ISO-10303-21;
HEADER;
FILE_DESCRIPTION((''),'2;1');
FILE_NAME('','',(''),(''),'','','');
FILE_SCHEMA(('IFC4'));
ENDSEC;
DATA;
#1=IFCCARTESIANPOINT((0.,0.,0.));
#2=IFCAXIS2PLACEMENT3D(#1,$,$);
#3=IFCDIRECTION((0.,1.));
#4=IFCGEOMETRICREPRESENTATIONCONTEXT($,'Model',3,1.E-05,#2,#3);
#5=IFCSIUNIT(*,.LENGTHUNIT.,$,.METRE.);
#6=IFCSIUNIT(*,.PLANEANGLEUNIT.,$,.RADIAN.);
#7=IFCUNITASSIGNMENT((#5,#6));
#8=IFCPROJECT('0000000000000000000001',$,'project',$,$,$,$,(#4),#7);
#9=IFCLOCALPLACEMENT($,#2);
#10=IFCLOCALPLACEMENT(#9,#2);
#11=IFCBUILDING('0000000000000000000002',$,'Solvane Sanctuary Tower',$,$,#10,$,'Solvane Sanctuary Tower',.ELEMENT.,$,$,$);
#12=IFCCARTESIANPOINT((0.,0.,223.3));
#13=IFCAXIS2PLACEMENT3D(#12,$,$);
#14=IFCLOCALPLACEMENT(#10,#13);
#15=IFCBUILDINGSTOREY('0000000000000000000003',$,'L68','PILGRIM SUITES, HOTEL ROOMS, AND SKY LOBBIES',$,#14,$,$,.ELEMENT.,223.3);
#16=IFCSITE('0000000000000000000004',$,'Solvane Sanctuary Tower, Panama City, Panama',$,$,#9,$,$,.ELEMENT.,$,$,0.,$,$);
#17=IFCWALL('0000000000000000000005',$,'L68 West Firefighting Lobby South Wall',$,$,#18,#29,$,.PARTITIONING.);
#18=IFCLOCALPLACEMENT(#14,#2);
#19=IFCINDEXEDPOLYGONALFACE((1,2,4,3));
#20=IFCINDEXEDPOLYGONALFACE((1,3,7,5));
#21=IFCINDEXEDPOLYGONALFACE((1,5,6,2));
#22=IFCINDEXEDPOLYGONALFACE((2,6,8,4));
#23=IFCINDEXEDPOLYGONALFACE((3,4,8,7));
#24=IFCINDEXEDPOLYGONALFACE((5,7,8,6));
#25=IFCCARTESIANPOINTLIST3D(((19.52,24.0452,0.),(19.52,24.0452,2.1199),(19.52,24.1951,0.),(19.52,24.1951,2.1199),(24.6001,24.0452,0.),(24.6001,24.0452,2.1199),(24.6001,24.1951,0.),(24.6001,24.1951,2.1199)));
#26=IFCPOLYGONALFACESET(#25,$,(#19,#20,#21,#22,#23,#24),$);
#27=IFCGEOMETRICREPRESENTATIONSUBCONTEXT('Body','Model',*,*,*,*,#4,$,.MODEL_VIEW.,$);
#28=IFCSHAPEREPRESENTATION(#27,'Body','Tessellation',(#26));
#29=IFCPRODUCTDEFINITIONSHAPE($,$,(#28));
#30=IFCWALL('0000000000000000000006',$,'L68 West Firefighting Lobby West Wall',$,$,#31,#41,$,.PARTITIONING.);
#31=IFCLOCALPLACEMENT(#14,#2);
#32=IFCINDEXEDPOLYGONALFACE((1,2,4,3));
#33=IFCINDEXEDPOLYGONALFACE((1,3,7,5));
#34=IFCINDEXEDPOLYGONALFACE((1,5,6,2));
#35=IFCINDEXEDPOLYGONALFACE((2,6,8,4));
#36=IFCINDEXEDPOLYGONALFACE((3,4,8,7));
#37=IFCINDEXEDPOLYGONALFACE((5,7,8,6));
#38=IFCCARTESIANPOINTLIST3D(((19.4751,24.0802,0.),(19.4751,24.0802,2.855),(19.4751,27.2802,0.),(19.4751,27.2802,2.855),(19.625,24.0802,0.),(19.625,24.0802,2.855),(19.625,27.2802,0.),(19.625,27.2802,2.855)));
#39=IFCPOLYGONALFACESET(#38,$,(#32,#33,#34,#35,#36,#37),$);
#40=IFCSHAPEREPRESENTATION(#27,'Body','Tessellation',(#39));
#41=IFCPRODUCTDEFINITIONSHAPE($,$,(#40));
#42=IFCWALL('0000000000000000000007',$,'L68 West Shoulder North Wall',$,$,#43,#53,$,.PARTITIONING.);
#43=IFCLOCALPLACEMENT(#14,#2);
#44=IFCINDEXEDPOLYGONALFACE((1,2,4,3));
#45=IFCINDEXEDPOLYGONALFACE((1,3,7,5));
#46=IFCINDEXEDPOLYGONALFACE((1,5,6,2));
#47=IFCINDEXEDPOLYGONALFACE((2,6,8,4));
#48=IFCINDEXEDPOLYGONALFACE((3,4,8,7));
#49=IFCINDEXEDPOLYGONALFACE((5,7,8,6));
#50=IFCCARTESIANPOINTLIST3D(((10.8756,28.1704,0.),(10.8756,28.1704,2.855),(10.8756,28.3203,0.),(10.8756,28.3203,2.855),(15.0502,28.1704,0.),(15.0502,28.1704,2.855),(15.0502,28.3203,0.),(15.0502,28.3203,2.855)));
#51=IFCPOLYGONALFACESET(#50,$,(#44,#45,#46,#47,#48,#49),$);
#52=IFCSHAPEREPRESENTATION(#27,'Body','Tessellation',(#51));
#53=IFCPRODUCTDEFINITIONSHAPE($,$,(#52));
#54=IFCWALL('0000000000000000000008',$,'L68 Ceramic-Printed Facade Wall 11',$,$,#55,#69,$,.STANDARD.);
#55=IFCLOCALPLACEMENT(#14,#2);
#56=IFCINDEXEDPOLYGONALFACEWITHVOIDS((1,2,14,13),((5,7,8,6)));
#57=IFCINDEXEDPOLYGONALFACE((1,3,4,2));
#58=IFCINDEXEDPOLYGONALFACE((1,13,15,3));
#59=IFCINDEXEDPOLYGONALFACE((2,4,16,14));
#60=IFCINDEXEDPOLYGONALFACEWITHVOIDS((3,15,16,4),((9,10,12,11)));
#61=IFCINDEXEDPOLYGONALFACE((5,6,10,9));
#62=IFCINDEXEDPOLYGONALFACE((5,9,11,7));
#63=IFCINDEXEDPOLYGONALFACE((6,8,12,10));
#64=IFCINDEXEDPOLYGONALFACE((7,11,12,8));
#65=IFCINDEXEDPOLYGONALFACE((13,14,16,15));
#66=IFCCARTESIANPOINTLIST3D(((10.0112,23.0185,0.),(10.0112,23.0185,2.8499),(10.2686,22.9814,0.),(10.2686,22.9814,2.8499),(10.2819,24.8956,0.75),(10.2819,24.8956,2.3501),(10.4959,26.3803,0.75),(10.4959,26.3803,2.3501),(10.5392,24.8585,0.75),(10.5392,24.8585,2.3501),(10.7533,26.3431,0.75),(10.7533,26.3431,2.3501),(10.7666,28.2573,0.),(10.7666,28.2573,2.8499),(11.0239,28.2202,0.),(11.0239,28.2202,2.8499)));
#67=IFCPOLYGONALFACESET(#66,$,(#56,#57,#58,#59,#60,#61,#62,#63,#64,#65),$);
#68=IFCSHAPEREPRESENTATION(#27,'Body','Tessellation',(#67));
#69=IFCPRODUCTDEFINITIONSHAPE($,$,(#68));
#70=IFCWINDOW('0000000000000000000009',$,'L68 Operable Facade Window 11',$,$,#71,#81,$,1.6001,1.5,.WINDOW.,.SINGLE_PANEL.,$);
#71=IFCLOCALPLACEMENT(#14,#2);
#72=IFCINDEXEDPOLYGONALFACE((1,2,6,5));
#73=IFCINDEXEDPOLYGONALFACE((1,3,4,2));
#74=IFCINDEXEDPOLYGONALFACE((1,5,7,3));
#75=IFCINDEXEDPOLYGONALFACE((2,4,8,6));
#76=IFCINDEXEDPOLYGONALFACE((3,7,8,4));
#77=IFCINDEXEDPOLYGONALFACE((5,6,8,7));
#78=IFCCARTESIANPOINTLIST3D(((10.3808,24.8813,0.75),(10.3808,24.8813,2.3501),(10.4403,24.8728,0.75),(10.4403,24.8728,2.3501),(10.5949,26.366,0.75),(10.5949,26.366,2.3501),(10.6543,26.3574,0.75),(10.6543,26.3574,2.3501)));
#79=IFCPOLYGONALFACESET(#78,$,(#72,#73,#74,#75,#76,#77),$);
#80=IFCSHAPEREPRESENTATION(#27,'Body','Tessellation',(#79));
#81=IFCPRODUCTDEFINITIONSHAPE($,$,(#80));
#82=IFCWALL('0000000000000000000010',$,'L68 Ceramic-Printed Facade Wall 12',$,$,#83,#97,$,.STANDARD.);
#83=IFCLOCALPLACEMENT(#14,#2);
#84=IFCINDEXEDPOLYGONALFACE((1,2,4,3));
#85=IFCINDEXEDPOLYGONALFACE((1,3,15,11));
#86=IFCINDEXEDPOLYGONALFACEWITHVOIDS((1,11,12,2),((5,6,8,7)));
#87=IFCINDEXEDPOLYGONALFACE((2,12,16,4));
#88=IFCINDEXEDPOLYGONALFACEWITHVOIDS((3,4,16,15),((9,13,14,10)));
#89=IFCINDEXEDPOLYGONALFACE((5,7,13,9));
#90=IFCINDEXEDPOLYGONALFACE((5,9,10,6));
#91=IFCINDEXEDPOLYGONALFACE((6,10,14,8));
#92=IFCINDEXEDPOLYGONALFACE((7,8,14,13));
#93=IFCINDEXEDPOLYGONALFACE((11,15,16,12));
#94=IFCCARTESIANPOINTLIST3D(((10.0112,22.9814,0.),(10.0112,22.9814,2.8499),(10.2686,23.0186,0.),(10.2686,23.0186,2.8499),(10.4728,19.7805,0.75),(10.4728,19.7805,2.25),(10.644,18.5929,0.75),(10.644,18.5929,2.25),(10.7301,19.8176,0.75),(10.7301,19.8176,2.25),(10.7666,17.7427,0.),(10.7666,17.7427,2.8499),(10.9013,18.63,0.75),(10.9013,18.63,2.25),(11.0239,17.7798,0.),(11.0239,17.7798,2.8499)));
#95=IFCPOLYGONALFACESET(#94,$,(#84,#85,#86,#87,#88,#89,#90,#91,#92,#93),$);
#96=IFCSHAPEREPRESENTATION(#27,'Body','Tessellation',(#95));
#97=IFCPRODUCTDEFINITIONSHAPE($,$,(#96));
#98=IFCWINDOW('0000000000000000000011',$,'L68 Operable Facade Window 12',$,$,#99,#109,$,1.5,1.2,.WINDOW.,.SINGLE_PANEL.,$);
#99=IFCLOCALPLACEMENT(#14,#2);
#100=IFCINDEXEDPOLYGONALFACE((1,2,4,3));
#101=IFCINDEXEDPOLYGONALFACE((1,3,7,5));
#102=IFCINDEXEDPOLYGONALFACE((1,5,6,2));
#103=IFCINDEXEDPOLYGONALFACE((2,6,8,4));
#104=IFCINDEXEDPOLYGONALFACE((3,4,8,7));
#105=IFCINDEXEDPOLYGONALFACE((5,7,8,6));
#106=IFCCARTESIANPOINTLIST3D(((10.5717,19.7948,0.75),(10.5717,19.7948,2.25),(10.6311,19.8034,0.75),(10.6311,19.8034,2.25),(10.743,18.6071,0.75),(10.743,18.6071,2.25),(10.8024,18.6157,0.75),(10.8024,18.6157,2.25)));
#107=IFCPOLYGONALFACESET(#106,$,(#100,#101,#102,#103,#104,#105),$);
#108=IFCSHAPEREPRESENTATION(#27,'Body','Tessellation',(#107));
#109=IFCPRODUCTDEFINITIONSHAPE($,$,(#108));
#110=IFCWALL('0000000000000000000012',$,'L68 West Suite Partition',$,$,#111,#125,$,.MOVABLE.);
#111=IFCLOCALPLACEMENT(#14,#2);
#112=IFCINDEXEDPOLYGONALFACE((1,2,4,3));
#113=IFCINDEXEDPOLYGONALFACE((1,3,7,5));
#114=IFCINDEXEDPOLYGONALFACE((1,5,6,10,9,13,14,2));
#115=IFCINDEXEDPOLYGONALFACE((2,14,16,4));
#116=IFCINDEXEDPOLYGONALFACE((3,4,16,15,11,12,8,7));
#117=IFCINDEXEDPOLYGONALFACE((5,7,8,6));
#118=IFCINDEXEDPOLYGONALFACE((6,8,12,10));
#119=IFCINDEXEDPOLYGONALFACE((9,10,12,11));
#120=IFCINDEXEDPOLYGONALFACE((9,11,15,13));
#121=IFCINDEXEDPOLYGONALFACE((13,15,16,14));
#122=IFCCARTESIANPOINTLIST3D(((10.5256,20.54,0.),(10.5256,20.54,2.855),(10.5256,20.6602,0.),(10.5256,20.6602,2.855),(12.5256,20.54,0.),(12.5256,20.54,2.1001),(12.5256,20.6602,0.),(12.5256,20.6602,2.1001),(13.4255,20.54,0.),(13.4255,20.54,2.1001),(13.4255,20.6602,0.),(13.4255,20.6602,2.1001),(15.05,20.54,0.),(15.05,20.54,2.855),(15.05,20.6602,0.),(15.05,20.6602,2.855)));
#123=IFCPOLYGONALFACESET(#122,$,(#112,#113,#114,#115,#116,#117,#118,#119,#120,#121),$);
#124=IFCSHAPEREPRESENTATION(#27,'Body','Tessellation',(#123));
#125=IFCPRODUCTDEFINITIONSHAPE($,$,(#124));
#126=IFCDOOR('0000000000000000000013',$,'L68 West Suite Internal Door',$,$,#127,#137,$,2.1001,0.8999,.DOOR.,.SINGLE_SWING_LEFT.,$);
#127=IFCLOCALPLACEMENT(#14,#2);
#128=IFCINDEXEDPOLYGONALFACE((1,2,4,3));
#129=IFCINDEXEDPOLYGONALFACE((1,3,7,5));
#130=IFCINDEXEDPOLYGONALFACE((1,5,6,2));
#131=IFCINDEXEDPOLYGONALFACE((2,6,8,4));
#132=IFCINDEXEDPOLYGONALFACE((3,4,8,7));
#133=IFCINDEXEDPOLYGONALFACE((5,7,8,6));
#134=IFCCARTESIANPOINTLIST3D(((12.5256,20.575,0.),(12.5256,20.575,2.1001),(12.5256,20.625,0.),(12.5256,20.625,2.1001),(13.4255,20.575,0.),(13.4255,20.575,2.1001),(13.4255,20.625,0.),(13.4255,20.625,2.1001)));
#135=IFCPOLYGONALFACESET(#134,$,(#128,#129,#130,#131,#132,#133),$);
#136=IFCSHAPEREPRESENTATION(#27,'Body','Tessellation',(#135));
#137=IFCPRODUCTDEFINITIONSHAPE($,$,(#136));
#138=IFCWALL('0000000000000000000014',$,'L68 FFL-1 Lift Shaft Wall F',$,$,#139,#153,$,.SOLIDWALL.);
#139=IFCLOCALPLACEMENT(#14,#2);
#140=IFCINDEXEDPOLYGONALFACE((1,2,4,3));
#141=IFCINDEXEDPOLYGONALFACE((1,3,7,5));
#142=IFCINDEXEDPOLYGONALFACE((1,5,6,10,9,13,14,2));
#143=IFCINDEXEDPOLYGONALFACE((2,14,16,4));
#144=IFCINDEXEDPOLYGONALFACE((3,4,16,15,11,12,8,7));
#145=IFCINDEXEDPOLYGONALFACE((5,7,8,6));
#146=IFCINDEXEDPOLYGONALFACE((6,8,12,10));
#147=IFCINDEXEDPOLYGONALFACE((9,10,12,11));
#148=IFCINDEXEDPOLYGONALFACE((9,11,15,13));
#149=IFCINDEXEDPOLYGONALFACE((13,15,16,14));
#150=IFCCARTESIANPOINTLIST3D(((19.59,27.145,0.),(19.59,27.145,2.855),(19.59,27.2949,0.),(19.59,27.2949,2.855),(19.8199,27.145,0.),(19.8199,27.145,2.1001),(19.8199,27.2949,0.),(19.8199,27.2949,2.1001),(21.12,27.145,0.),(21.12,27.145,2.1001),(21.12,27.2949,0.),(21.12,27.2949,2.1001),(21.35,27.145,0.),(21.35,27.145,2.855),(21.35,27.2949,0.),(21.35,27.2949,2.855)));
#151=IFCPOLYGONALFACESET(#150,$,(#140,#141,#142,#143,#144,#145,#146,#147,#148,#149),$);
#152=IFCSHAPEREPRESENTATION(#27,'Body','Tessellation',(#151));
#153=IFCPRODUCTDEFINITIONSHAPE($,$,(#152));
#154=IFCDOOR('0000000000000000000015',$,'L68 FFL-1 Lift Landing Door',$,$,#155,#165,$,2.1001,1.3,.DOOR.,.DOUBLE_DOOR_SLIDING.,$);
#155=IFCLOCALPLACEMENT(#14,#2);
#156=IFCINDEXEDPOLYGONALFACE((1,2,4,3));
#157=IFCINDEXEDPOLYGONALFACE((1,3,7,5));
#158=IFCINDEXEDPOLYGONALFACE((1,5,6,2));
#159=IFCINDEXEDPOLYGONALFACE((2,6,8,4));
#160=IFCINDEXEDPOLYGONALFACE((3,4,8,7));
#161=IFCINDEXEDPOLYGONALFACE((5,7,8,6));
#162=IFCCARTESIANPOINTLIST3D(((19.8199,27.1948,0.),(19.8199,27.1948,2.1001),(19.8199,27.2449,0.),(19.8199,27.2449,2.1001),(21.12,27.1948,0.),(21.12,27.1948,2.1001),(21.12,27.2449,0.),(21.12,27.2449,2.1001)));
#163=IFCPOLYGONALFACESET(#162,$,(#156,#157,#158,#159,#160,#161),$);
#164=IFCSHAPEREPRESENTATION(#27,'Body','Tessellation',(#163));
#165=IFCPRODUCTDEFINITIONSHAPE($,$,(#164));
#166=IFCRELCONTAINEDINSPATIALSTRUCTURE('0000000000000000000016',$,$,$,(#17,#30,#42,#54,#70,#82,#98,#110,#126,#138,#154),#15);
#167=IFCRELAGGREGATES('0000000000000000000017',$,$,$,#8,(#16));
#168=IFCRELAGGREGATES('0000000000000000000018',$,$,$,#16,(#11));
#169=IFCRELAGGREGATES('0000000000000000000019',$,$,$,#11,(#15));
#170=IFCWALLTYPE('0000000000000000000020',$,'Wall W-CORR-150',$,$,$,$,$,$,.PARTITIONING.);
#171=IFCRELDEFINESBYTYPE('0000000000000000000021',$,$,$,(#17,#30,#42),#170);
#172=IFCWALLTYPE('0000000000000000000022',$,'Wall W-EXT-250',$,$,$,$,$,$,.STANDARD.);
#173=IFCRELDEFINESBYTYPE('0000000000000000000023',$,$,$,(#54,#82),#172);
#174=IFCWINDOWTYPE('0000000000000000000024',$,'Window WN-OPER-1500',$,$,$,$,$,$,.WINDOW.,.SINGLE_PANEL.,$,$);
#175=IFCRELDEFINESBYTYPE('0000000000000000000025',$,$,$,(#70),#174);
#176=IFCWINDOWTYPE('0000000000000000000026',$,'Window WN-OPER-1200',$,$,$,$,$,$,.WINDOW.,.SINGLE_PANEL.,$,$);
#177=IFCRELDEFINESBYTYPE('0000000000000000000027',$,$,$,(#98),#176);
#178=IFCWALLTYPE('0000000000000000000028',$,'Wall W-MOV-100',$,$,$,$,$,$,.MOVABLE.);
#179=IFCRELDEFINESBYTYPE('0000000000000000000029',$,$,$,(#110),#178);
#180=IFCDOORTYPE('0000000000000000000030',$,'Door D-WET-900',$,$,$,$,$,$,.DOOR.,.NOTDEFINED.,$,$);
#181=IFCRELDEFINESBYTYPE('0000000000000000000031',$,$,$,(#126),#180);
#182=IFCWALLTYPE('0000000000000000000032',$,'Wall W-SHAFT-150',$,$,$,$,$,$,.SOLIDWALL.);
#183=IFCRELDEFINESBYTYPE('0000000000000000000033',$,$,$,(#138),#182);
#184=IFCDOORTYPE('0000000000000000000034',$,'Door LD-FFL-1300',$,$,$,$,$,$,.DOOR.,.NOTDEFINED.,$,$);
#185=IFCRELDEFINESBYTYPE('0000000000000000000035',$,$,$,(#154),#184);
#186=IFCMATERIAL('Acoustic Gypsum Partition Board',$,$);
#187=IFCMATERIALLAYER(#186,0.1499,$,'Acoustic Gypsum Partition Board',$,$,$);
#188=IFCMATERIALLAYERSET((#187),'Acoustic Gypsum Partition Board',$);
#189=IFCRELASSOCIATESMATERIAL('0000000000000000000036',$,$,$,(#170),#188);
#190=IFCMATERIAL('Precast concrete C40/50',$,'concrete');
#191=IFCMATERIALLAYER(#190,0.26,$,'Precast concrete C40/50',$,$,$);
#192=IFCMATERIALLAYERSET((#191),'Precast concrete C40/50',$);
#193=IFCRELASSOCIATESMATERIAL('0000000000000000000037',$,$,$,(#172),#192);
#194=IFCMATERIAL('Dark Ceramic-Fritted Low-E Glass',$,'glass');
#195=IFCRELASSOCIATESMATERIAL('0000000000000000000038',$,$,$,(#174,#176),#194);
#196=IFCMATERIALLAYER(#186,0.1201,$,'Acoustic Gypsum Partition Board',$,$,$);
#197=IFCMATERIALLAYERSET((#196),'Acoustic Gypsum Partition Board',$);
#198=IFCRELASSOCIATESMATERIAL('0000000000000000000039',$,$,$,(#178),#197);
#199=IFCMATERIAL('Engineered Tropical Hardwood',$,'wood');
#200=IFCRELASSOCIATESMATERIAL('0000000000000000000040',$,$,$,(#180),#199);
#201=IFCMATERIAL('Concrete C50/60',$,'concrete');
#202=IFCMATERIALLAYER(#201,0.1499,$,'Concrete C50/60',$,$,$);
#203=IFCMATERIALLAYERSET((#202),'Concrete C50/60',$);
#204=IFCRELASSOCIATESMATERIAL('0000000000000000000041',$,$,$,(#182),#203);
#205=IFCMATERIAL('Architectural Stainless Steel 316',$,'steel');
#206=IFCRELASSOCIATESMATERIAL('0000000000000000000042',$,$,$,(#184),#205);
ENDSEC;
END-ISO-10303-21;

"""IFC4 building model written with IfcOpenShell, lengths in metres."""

from ifc_helpers import new_model, si_unit, direction, frame, frame_2d, origin, place, context, subcontext, project, spatial, rectangle, extrude, material, layer, layer_set, type_object, element, fill, save


model = new_model("IFC4")

# Units and contexts
model_context = context("Model", 3, precision=1e-05, world=origin(), true_north=direction((0.0, 1.0)))
body_context = subcontext(model_context, "Body", "Model", "MODEL_VIEW")
ifc_project = project(units=[si_unit("LENGTHUNIT", "METRE"), si_unit("PLANEANGLEUNIT", "RADIAN")], contexts=[model_context])

# Site, building, storey
site_placement = place(None, origin())
site = spatial("IfcSite", under=ifc_project, at=site_placement, Name="Solvane Sanctuary Tower, Panama City, Panama", CompositionType="ELEMENT", RefElevation=0.0)
building_placement = place(site_placement, origin())
building = spatial("IfcBuilding", under=site, at=building_placement, Name="Solvane Sanctuary Tower", LongName="Solvane Sanctuary Tower", CompositionType="ELEMENT")
storey_placement = place(building_placement, frame((0.0, 0.0, 223.3)))
storey = spatial("IfcBuildingStorey", under=building, at=storey_placement, Name="L68", Description="PILGRIM SUITES, HOTEL ROOMS, AND SKY LOBBIES", CompositionType="ELEMENT", Elevation=223.3)

# Walls
ifc_material_1 = material(Name="Acoustic Gypsum Partition Board")
ifc_layer_1 = layer(ifc_material_1, 0.1499, Name="Acoustic Gypsum Partition Board")
ifc_layer_set_1 = layer_set([ifc_layer_1], Name="Acoustic Gypsum Partition Board")
wall_type_1 = type_object("IfcWallType", Name="Wall W-CORR-150", PredefinedType="PARTITIONING", material=ifc_layer_set_1)
wall_1_placement = place(storey_placement, frame((19.52, 24.1201, 0.0), z_axis=(0.0, 0.0, 1.0), x_axis=(1.0, 0.0, 0.0)))
element("IfcWall", 1, at=wall_1_placement, inside=storey, type_object=wall_type_1, Name="L68 West Firefighting Lobby South Wall", PredefinedType="PARTITIONING", context=body_context, shape_type="SweptSolid", body=[
    extrude(rectangle(XDim=5.0801, YDim=0.1499, at=frame_2d((2.54, 0.0))), origin(), (0.0, 0.0, 1.0), 2.1199),
])
wall_2_placement = place(storey_placement, frame((19.55, 24.0801, 0.0), z_axis=(0.0, 0.0, 1.0), x_axis=(0.0, 1.0, 0.0)))
element("IfcWall", 2, at=wall_2_placement, inside=storey, type_object=wall_type_1, Name="L68 West Firefighting Lobby West Wall", PredefinedType="PARTITIONING", context=body_context, shape_type="SweptSolid", body=[
    extrude(rectangle(XDim=3.2, YDim=0.1499, at=frame_2d((1.6001, 0.0))), origin(), (0.0, 0.0, 1.0), 2.855),
])
wall_3_placement = place(storey_placement, frame((10.8755, 28.2454, 0.0), z_axis=(0.0, 0.0, 1.0), x_axis=(1.0, 0.0, 0.0)))
element("IfcWall", 3, at=wall_3_placement, inside=storey, type_object=wall_type_1, Name="L68 West Shoulder North Wall", PredefinedType="PARTITIONING", context=body_context, shape_type="SweptSolid", body=[
    extrude(rectangle(XDim=4.1746, YDim=0.1499, at=frame_2d((2.0874, 0.0))), origin(), (0.0, 0.0, 1.0), 2.855),
])

# Walls, openings, windows
ifc_material_2 = material(Name="Precast concrete C40/50", Category="concrete")
ifc_layer_2 = layer(ifc_material_2, 0.26, Name="Precast concrete C40/50")
ifc_layer_set_2 = layer_set([ifc_layer_2], Name="Precast concrete C40/50")
wall_type_2 = type_object("IfcWallType", Name="Wall W-EXT-250", PredefinedType="STANDARD", material=ifc_layer_set_2)
wall_4_placement = place(storey_placement, frame((10.8953, 28.2388, 0.0), z_axis=(0.0, 0.0, 1.0), x_axis=(-0.142713, -0.989764, 0.0)))
wall_4 = element("IfcWall", 4, at=wall_4_placement, inside=storey, type_object=wall_type_2, Name="L68 Ceramic-Printed Facade Wall 11", PredefinedType="STANDARD", context=body_context, shape_type="SweptSolid", body=[
    extrude(rectangle(XDim=5.293, YDim=0.26, at=frame_2d((2.6465, 0.0))), origin(), (0.0, 0.0, 1.0), 2.8499),
])
opening_1_placement = place(wall_4_placement, frame((1.8965, 0.0, 0.75)))
opening_1 = element("IfcOpeningElement", 5, at=opening_1_placement, cuts=wall_4, PredefinedType="OPENING", context=body_context, shape_type="SweptSolid", body=[
    extrude(rectangle(XDim=1.5, YDim=1.6001, at=frame_2d((0.75, 0.8))), frame((0.0, 0.1399, 0.0), z_axis=(0.0, -1.0, 0.0), x_axis=(1.0, 0.0, 0.0)), (0.0, 0.0, 1.0), 0.28),
])
ifc_material_3 = material(Name="Dark Ceramic-Fritted Low-E Glass", Category="glass")
window_type_1 = type_object("IfcWindowType", Name="Window WN-OPER-1500", PartitioningType="SINGLE_PANEL", PredefinedType="WINDOW", material=ifc_material_3)
window_1_placement = place(opening_1_placement, origin())
window_1 = element("IfcWindow", 6, at=window_1_placement, inside=storey, type_object=window_type_1, Name="L68 Operable Facade Window 11", OverallHeight=1.6001, OverallWidth=1.5, PartitioningType="SINGLE_PANEL", PredefinedType="WINDOW", context=body_context, shape_type="SweptSolid", body=[
    extrude(rectangle(XDim=1.5, YDim=1.6001, at=frame_2d((0.75, 0.8))), frame((0.0, 0.03, 0.0), z_axis=(0.0, -1.0, 0.0), x_axis=(1.0, 0.0, 0.0)), (0.0, 0.0, 1.0), 0.0601),
])
fill(opening_1, window_1)
wall_5_placement = place(storey_placement, frame((10.1399, 23.0, 0.0), z_axis=(0.0, 0.0, 1.0), x_axis=(0.142713, -0.989764, 0.0)))
wall_5 = element("IfcWall", 7, at=wall_5_placement, inside=storey, type_object=wall_type_2, Name="L68 Ceramic-Printed Facade Wall 12", PredefinedType="STANDARD", context=body_context, shape_type="SweptSolid", body=[
    extrude(rectangle(XDim=5.293, YDim=0.26, at=frame_2d((2.6465, 0.0))), origin(), (0.0, 0.0, 1.0), 2.8499),
])
opening_2_placement = place(wall_5_placement, frame((3.2339, 0.0, 0.75)))
opening_2 = element("IfcOpeningElement", 8, at=opening_2_placement, cuts=wall_5, PredefinedType="OPENING", context=body_context, shape_type="SweptSolid", body=[
    extrude(rectangle(XDim=1.2, YDim=1.5, at=frame_2d((0.6001, 0.75))), frame((0.0, 0.1399, 0.0), z_axis=(0.0, -1.0, 0.0), x_axis=(1.0, 0.0, 0.0)), (0.0, 0.0, 1.0), 0.28),
])
window_type_2 = type_object("IfcWindowType", Name="Window WN-OPER-1200", PartitioningType="SINGLE_PANEL", PredefinedType="WINDOW", material=ifc_material_3)
window_2_placement = place(opening_2_placement, origin())
window_2 = element("IfcWindow", 9, at=window_2_placement, inside=storey, type_object=window_type_2, Name="L68 Operable Facade Window 12", OverallHeight=1.5, OverallWidth=1.2, PartitioningType="SINGLE_PANEL", PredefinedType="WINDOW", context=body_context, shape_type="SweptSolid", body=[
    extrude(rectangle(XDim=1.2, YDim=1.5, at=frame_2d((0.6001, 0.75))), frame((0.0, 0.03, 0.0), z_axis=(0.0, -1.0, 0.0), x_axis=(1.0, 0.0, 0.0)), (0.0, 0.0, 1.0), 0.0601),
])
fill(opening_2, window_2)

# Walls, openings, doors
ifc_layer_3 = layer(ifc_material_1, 0.1201, Name="Acoustic Gypsum Partition Board")
ifc_layer_set_3 = layer_set([ifc_layer_3], Name="Acoustic Gypsum Partition Board")
wall_type_3 = type_object("IfcWallType", Name="Wall W-MOV-100", PredefinedType="MOVABLE", material=ifc_layer_set_3)
wall_6_placement = place(storey_placement, frame((10.5256, 20.6001, 0.0), z_axis=(0.0, 0.0, 1.0), x_axis=(1.0, 0.0, 0.0)))
wall_6 = element("IfcWall", 10, at=wall_6_placement, inside=storey, type_object=wall_type_3, Name="L68 West Suite Partition", PredefinedType="MOVABLE", context=body_context, shape_type="SweptSolid", body=[
    extrude(rectangle(XDim=4.5244, YDim=0.1201, at=frame_2d((2.2622, 0.0))), origin(), (0.0, 0.0, 1.0), 2.855),
])
opening_3_placement = place(wall_6_placement, frame((2.0, 0.0, 0.0)))
opening_3 = element("IfcOpeningElement", 11, at=opening_3_placement, cuts=wall_6, PredefinedType="OPENING", context=body_context, shape_type="SweptSolid", body=[
    extrude(rectangle(XDim=0.8999, YDim=2.1001, at=frame_2d((0.45, 1.05))), frame((0.0, 0.0701, 0.0), z_axis=(0.0, -1.0, 0.0), x_axis=(1.0, 0.0, 0.0)), (0.0, 0.0, 1.0), 0.1401),
])
ifc_material_4 = material(Name="Engineered Tropical Hardwood", Category="wood")
door_type_1 = type_object("IfcDoorType", Name="Door D-WET-900", OperationType="NOTDEFINED", PredefinedType="DOOR", material=ifc_material_4)
door_1_placement = place(opening_3_placement, origin())
door_1 = element("IfcDoor", 12, at=door_1_placement, inside=storey, type_object=door_type_1, Name="L68 West Suite Internal Door", OperationType="SINGLE_SWING_LEFT", OverallHeight=2.1001, OverallWidth=0.8999, PredefinedType="DOOR", context=body_context, shape_type="SweptSolid", body=[
    extrude(rectangle(XDim=0.8999, YDim=2.1001, at=frame_2d((0.45, 1.05))), frame((0.0, 0.0249, 0.0), z_axis=(0.0, -1.0, 0.0), x_axis=(1.0, 0.0, 0.0)), (0.0, 0.0, 1.0), 0.05),
])
fill(opening_3, door_1)
ifc_material_5 = material(Name="Concrete C50/60", Category="concrete")
ifc_layer_4 = layer(ifc_material_5, 0.1499, Name="Concrete C50/60")
ifc_layer_set_4 = layer_set([ifc_layer_4], Name="Concrete C50/60")
wall_type_4 = type_object("IfcWallType", Name="Wall W-SHAFT-150", PredefinedType="SOLIDWALL", material=ifc_layer_set_4)
wall_7_placement = place(storey_placement, frame((19.5901, 27.22, 0.0), z_axis=(0.0, 0.0, 1.0), x_axis=(1.0, 0.0, 0.0)))
wall_7 = element("IfcWall", 13, at=wall_7_placement, inside=storey, type_object=wall_type_4, Name="L68 FFL-1 Lift Shaft Wall F", PredefinedType="SOLIDWALL", context=body_context, shape_type="SweptSolid", body=[
    extrude(rectangle(XDim=1.76, YDim=0.1499, at=frame_2d((0.8799, 0.0))), origin(), (0.0, 0.0, 1.0), 2.855),
])
opening_4_placement = place(wall_7_placement, frame((0.23, 0.0, 0.0)))
opening_4 = element("IfcOpeningElement", 14, at=opening_4_placement, cuts=wall_7, PredefinedType="OPENING", context=body_context, shape_type="SweptSolid", body=[
    extrude(rectangle(XDim=1.3, YDim=2.1001, at=frame_2d((0.6499, 1.05))), frame((0.0, 0.085, 0.0), z_axis=(0.0, -1.0, 0.0), x_axis=(1.0, 0.0, 0.0)), (0.0, 0.0, 1.0), 0.1699),
])
ifc_material_6 = material(Name="Architectural Stainless Steel 316", Category="steel")
door_type_2 = type_object("IfcDoorType", Name="Door LD-FFL-1300", OperationType="NOTDEFINED", PredefinedType="DOOR", material=ifc_material_6)
door_2_placement = place(opening_4_placement, origin())
door_2 = element("IfcDoor", 15, at=door_2_placement, inside=storey, type_object=door_type_2, Name="L68 FFL-1 Lift Landing Door", OperationType="DOUBLE_DOOR_SLIDING", OverallHeight=2.1001, OverallWidth=1.3, PredefinedType="DOOR", context=body_context, shape_type="SweptSolid", body=[
    extrude(rectangle(XDim=1.3, YDim=2.1001, at=frame_2d((0.6499, 1.05))), frame((0.0, 0.0249, 0.0), z_axis=(0.0, -1.0, 0.0), x_axis=(1.0, 0.0, 0.0)), (0.0, 0.0, 1.0), 0.05),
])
fill(opening_4, door_2)

save(model, "model.ifc")
